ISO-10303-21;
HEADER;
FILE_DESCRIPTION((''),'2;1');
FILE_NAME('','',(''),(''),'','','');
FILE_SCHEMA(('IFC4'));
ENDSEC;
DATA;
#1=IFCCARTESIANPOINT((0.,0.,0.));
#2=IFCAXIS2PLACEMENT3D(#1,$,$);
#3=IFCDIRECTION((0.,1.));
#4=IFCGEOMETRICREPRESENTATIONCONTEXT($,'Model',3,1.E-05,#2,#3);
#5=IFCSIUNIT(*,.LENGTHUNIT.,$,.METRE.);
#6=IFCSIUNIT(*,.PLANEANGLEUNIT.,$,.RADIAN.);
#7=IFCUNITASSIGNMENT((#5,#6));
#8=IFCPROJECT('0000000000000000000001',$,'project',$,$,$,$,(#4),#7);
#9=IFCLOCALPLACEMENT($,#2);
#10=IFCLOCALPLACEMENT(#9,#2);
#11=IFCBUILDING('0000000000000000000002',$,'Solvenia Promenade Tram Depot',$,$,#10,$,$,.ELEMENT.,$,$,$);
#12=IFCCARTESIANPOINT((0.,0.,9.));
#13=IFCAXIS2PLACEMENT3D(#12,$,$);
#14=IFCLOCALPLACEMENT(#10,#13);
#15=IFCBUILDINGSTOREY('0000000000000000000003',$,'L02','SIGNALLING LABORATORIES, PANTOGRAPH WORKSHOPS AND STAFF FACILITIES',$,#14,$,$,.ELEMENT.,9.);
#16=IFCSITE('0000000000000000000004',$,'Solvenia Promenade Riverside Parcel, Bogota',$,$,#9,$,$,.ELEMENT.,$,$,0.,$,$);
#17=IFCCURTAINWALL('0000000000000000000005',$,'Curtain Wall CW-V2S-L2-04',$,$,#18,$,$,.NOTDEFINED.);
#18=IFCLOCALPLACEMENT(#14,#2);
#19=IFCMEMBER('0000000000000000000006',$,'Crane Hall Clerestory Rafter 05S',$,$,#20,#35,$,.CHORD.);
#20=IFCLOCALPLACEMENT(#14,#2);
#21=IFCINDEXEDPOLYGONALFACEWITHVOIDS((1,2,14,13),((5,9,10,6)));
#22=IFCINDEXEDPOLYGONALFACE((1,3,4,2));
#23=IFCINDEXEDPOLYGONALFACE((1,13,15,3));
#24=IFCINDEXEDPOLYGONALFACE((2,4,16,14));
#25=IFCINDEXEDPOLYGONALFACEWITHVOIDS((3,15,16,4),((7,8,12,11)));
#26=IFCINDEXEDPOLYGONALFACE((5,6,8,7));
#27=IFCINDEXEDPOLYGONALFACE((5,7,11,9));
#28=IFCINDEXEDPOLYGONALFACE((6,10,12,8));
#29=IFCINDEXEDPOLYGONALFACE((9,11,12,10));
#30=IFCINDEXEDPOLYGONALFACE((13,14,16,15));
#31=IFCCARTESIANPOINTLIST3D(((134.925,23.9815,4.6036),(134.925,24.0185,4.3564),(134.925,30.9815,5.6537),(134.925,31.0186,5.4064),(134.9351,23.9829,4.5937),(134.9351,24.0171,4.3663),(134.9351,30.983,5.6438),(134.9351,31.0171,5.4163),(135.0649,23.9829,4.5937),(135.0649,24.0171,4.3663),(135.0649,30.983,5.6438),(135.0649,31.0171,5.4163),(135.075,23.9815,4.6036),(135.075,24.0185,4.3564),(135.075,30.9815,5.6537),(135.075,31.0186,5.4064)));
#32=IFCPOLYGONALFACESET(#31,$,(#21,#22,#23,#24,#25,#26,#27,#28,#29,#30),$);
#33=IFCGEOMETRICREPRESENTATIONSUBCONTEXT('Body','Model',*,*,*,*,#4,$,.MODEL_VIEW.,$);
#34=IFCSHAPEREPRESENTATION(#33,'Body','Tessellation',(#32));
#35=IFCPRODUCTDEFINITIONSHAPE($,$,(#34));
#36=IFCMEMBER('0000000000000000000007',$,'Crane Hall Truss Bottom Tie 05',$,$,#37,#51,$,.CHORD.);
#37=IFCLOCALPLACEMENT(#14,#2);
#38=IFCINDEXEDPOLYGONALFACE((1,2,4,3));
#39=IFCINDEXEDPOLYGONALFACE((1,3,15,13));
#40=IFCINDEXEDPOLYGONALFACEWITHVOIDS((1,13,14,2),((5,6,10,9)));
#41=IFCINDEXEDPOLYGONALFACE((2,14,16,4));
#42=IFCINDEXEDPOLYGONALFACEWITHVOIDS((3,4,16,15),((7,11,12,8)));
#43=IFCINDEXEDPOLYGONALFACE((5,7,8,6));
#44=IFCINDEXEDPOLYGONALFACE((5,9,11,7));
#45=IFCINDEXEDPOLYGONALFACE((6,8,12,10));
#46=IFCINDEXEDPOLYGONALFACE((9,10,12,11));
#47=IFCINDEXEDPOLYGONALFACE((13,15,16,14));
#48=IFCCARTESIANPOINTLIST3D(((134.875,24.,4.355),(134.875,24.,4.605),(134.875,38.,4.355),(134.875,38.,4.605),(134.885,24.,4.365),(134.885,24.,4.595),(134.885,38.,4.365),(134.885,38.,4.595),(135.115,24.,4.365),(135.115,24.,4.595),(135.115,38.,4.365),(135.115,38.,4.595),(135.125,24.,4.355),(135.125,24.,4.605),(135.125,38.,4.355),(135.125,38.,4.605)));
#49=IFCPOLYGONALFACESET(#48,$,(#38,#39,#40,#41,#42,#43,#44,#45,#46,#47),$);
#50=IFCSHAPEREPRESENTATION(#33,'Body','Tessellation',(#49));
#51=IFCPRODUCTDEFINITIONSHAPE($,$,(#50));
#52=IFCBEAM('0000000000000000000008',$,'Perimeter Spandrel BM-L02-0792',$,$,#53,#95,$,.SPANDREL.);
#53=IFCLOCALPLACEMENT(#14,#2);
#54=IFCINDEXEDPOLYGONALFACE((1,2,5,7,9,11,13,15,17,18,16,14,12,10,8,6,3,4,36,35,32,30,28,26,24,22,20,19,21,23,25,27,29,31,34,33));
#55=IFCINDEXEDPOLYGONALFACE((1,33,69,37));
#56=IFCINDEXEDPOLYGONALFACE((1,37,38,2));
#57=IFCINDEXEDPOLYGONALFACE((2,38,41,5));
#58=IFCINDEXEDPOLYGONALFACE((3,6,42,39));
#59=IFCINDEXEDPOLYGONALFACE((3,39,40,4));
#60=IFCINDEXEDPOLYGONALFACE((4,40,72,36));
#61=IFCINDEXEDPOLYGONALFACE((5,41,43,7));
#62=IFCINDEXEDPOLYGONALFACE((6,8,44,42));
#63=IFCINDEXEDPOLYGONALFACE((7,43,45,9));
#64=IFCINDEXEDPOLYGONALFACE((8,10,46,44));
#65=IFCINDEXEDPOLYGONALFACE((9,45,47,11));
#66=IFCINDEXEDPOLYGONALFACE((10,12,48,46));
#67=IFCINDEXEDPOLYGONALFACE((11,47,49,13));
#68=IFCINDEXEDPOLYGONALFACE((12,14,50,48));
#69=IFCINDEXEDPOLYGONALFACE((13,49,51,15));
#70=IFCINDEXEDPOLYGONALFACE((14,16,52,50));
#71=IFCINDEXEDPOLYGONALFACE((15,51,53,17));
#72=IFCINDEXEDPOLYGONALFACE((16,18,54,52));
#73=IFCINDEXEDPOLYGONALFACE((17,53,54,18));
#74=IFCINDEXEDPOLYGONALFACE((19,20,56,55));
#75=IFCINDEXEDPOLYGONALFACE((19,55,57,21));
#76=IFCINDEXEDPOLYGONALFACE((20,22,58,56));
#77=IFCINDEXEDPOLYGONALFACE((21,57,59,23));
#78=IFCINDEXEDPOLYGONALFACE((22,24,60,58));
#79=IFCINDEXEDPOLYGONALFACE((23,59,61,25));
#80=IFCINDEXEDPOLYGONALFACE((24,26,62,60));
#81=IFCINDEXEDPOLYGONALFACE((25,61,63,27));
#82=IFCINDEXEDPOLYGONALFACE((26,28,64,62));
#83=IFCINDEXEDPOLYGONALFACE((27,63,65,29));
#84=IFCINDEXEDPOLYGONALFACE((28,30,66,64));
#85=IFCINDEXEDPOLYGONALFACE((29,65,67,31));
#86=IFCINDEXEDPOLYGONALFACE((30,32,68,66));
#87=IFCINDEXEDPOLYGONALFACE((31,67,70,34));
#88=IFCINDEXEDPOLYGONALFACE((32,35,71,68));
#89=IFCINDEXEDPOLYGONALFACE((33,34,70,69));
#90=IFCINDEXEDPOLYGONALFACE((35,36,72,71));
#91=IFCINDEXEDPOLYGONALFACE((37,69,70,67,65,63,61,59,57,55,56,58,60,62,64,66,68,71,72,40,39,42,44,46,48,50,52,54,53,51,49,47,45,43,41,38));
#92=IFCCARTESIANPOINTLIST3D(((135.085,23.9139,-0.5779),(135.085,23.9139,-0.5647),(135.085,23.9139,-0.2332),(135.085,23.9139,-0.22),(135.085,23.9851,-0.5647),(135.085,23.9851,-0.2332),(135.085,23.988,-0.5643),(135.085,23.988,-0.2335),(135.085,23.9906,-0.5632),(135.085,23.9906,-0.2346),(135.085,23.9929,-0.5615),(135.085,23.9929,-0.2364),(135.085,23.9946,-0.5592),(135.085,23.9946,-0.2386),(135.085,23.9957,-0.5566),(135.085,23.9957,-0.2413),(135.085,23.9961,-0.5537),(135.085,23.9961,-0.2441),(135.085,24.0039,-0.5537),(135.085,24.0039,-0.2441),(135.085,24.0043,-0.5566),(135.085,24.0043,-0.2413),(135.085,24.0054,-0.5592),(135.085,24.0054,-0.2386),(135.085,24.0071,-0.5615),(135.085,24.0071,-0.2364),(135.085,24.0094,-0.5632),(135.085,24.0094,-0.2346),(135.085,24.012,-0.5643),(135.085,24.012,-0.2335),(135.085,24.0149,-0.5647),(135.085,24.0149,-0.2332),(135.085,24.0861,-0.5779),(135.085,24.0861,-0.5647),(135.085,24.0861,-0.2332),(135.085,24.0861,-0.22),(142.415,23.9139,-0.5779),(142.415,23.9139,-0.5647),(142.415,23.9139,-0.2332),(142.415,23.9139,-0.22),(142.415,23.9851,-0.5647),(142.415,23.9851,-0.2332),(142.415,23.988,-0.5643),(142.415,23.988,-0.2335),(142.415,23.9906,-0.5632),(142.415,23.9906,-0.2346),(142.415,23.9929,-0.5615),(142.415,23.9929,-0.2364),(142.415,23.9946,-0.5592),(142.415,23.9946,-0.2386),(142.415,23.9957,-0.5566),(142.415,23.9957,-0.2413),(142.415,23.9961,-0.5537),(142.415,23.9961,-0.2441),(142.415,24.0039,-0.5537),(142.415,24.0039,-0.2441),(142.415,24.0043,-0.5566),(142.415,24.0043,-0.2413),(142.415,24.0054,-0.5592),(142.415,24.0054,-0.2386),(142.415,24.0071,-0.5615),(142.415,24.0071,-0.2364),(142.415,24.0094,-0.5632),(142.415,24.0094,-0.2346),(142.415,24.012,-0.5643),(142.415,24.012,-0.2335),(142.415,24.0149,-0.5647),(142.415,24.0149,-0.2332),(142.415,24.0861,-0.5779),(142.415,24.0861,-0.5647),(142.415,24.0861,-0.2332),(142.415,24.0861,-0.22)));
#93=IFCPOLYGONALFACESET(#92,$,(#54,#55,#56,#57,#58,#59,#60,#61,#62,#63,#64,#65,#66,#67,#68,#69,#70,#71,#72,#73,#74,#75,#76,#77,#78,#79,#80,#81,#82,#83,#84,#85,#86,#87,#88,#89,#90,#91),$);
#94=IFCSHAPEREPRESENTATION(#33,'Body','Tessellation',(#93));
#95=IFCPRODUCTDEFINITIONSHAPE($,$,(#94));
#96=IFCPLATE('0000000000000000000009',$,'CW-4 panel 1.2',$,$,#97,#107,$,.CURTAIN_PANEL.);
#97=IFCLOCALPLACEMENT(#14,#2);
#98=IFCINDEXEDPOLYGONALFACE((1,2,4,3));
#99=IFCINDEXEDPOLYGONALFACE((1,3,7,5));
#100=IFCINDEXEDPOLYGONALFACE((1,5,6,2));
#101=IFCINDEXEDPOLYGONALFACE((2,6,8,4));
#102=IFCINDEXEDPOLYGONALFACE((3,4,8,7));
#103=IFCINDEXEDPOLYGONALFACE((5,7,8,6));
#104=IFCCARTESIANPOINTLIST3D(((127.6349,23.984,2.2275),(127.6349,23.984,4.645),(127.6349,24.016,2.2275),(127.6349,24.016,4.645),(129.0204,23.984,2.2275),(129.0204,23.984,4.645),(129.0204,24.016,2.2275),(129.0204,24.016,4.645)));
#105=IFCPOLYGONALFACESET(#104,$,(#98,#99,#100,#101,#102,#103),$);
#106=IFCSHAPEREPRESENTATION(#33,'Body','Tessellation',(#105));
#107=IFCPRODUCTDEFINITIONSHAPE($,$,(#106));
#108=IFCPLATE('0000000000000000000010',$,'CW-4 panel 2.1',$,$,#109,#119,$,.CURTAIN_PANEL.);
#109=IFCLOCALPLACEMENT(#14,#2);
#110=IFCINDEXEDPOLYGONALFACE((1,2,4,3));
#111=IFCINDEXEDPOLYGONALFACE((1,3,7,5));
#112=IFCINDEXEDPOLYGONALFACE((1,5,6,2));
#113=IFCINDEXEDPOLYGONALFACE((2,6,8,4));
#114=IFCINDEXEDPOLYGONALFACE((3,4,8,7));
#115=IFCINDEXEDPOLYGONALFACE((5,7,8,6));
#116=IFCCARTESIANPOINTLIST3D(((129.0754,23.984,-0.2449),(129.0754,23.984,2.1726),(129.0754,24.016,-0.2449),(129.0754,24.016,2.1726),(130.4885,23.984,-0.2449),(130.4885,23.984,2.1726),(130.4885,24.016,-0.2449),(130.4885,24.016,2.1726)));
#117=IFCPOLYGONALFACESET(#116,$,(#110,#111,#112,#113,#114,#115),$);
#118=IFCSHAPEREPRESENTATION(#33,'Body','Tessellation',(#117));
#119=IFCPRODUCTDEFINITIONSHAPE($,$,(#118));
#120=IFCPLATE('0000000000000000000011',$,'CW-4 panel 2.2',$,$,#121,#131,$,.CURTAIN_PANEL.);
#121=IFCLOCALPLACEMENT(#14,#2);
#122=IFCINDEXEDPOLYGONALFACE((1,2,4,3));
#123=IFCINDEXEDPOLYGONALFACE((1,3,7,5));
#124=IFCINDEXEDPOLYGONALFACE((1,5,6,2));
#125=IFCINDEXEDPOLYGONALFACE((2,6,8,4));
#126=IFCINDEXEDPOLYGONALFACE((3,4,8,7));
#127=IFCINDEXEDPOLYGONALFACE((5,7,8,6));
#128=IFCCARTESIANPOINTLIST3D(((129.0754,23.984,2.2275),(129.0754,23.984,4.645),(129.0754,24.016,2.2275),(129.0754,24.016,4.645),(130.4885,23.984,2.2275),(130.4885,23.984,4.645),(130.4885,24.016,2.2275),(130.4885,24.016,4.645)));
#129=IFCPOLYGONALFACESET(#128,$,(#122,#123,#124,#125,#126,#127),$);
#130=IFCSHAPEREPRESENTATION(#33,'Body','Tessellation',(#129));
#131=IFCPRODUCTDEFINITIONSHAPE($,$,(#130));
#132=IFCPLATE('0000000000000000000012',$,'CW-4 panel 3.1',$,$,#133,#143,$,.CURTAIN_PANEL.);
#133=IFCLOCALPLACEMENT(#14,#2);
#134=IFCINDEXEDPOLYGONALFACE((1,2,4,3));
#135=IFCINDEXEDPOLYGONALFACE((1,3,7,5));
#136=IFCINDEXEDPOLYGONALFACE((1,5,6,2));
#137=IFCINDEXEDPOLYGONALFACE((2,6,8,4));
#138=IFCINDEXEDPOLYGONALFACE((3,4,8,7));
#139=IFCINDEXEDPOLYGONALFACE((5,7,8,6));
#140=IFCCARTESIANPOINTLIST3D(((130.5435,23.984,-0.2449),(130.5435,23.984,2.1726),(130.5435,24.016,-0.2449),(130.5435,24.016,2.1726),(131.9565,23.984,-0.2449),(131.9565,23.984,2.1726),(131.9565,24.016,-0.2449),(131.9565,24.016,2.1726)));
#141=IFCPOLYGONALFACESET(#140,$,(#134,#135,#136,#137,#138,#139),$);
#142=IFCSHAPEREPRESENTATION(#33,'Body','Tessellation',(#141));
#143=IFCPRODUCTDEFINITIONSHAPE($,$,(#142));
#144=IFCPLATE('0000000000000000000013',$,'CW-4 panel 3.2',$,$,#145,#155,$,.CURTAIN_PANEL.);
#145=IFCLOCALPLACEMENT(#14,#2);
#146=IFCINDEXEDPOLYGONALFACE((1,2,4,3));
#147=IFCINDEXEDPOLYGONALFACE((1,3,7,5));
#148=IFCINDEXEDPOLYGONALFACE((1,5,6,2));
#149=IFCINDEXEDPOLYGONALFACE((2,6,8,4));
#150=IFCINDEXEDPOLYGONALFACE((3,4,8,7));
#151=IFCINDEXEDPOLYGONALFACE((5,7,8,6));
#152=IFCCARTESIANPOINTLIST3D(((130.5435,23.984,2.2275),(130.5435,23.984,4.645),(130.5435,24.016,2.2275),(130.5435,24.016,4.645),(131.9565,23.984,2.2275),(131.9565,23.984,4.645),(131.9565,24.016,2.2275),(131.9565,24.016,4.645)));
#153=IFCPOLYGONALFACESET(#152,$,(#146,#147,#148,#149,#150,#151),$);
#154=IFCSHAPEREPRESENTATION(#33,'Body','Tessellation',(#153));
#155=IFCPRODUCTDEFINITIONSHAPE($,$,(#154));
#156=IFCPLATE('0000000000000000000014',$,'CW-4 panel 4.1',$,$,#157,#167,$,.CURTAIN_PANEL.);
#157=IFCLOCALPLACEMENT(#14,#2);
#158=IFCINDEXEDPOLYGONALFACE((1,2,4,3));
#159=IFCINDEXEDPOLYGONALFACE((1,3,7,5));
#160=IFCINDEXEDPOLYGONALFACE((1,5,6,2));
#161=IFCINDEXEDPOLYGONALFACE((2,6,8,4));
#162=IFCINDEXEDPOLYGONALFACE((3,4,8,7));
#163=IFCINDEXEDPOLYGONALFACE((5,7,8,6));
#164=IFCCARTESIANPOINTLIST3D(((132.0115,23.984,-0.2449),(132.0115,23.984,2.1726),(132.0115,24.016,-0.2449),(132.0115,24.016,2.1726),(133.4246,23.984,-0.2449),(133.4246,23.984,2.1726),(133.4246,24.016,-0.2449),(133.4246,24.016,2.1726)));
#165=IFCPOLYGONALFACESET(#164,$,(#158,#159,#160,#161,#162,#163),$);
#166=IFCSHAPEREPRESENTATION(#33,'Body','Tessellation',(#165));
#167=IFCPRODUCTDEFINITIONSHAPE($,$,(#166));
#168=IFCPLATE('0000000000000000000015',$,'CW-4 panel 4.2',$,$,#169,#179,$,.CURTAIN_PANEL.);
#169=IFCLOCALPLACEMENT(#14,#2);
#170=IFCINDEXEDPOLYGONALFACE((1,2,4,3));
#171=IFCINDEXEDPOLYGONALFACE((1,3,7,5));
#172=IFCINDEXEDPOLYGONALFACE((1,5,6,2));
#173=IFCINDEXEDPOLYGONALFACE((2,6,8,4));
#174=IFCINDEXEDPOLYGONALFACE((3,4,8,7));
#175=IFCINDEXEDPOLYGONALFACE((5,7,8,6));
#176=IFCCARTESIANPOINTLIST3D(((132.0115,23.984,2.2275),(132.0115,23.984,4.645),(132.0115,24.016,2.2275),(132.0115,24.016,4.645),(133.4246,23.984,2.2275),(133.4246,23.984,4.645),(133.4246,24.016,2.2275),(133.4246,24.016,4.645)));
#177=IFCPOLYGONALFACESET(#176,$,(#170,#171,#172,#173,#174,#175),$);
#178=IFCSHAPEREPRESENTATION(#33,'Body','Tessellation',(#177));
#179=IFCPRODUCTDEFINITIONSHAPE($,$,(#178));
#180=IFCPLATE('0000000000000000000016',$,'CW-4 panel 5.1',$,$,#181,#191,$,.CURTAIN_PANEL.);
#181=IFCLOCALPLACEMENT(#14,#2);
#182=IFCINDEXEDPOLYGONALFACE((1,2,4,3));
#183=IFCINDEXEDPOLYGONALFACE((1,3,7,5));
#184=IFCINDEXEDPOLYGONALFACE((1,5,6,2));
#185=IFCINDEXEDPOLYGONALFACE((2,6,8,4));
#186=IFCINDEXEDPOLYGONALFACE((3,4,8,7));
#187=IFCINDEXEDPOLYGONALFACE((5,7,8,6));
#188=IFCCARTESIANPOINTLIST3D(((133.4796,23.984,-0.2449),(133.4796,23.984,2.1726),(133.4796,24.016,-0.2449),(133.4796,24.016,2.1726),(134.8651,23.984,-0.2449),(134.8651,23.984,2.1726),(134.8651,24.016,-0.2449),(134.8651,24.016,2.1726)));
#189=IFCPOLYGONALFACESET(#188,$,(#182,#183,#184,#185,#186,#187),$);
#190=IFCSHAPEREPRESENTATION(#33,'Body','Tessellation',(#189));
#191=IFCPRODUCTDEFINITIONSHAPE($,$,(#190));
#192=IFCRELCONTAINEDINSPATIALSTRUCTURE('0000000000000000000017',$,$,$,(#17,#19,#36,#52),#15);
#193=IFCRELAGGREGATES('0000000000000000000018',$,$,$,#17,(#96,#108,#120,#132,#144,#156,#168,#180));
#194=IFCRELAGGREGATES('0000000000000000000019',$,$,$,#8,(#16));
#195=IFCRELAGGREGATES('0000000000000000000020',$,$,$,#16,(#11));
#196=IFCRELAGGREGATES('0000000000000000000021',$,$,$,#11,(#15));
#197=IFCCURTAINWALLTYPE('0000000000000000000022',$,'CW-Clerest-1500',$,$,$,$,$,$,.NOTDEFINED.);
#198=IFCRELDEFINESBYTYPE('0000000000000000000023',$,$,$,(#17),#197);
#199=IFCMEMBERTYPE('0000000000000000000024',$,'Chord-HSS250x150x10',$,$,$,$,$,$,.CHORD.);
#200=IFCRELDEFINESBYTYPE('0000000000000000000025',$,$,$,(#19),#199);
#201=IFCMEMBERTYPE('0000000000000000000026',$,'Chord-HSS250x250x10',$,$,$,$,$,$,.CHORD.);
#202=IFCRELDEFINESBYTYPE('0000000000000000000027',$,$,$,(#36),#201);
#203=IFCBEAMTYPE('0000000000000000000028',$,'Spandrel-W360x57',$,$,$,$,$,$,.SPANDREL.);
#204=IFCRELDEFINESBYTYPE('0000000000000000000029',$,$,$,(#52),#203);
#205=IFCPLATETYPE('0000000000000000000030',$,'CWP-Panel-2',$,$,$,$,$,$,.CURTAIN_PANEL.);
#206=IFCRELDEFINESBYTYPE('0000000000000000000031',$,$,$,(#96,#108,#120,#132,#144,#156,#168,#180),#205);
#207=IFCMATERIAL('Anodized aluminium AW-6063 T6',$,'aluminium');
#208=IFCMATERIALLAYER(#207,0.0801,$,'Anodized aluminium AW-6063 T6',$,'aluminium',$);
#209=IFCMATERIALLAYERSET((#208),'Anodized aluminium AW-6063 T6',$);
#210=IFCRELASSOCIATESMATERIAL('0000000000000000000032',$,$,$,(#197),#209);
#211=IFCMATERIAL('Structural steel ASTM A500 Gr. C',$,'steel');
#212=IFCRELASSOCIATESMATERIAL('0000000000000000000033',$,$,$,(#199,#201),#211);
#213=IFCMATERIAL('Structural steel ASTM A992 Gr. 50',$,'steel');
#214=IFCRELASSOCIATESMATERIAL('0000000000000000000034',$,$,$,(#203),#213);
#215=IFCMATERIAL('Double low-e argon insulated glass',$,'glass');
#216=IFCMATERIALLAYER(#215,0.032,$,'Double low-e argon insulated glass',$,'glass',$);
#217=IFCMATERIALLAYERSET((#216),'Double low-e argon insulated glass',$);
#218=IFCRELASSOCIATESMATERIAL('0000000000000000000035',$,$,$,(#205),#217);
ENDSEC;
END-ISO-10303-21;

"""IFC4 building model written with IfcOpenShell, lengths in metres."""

from ifc_helpers import new_model, si_unit, direction, frame, origin, origin_2d, place, context, subcontext, project, spatial, rectangle, hollow_rectangle, i_section, extrude, material, layer, layer_set, material_profile, profile_set, type_object, element, aggregate, save


model = new_model("IFC4")

# Units and contexts
model_context = context("Model", 3, precision=1e-05, world=origin(), true_north=direction((0.0, 1.0)))
body_context = subcontext(model_context, "Body", "Model", "MODEL_VIEW")
ifc_project = project(units=[si_unit("LENGTHUNIT", "METRE"), si_unit("PLANEANGLEUNIT", "RADIAN")], contexts=[model_context])

# Site, building, storey
site_placement = place(None, origin())
site = spatial("IfcSite", under=ifc_project, at=site_placement, Name="Solvenia Promenade Riverside Parcel, Bogota", CompositionType="ELEMENT", RefElevation=0.0)
building_placement = place(site_placement, origin())
building = spatial("IfcBuilding", under=site, at=building_placement, Name="Solvenia Promenade Tram Depot", CompositionType="ELEMENT")
storey_placement = place(building_placement, frame((0.0, 0.0, 9.0)))
storey = spatial("IfcBuildingStorey", under=building, at=storey_placement, Name="L02", Description="SIGNALLING LABORATORIES, PANTOGRAPH WORKSHOPS AND STAFF FACILITIES", CompositionType="ELEMENT", Elevation=9.0)

# Shared definitions
ifc_material_1 = material(Name="Structural steel ASTM A992 Gr. 50", Category="steel")

# Curtain wall
ifc_material_2 = material(Name="Anodized aluminium AW-6063 T6", Category="aluminium")
ifc_layer_1 = layer(ifc_material_2, 0.0801, Name="Anodized aluminium AW-6063 T6", Category="aluminium")
ifc_layer_set_1 = layer_set([ifc_layer_1], Name="Anodized aluminium AW-6063 T6")
curtain_wall_type = type_object("IfcCurtainWallType", Name="CW-Clerest-1500", PredefinedType="NOTDEFINED", material=ifc_layer_set_1)
curtain_wall_1_placement = place(storey_placement, origin())
curtain_wall_1 = element("IfcCurtainWall", 1, at=curtain_wall_1_placement, inside=storey, type_object=curtain_wall_type, Name="Curtain Wall CW-V2S-L2-04", PredefinedType="NOTDEFINED")

# Members
ifc_material_3 = material(Name="Structural steel ASTM A500 Gr. C", Category="steel")
ifc_material_profile_1 = material_profile(ifc_material_3, hollow_rectangle(XDim=0.1499, YDim=0.25, WallThickness=0.01, at=origin_2d()), Name="HSS250x150x10", Category="steel")
ifc_profile_set_1 = profile_set([ifc_material_profile_1], Name="Structural steel ASTM A500 Gr. C")
member_type_1 = type_object("IfcMemberType", Name="Chord-HSS250x150x10", PredefinedType="CHORD", material=ifc_profile_set_1)
member_1_placement = place(storey_placement, frame((135.0, 24.0, 4.48), z_axis=(0.0, 0.988935, 0.148347), x_axis=(-1.0, 0.0, 0.0)))
element("IfcMember", 2, at=member_1_placement, inside=storey, type_object=member_type_1, Name="Crane Hall Clerestory Rafter 05S", PredefinedType="CHORD", context=body_context, shape_type="SweptSolid", body=[
    extrude(hollow_rectangle(XDim=0.1499, YDim=0.25, WallThickness=0.01, at=origin_2d()), origin(), (0.0, 0.0, 1.0), 7.0784),
])
ifc_material_profile_2 = material_profile(ifc_material_3, hollow_rectangle(XDim=0.25, YDim=0.25, WallThickness=0.01, at=origin_2d()), Name="HSS250x250x10", Category="steel")
ifc_profile_set_2 = profile_set([ifc_material_profile_2], Name="Structural steel ASTM A500 Gr. C")
member_type_2 = type_object("IfcMemberType", Name="Chord-HSS250x250x10", PredefinedType="CHORD", material=ifc_profile_set_2)
member_2_placement = place(storey_placement, frame((135.0, 24.0, 4.48), z_axis=(0.0, 1.0, 0.0), x_axis=(-1.0, 0.0, 0.0)))
element("IfcMember", 3, at=member_2_placement, inside=storey, type_object=member_type_2, Name="Crane Hall Truss Bottom Tie 05", PredefinedType="CHORD", context=body_context, shape_type="SweptSolid", body=[
    extrude(hollow_rectangle(XDim=0.25, YDim=0.25, WallThickness=0.01, at=origin_2d()), origin(), (0.0, 0.0, 1.0), 14.0),
])

# Beam
ifc_material_profile_3 = material_profile(ifc_material_1, i_section(OverallWidth=0.1721, OverallDepth=0.3579, WebThickness=0.0078, FlangeThickness=0.0132, FilletRadius=0.011, at=origin_2d()), Name="W360x57", Category="steel")
ifc_profile_set_3 = profile_set([ifc_material_profile_3], Name="Structural steel ASTM A992 Gr. 50")
beam_type = type_object("IfcBeamType", Name="Spandrel-W360x57", PredefinedType="SPANDREL", material=ifc_profile_set_3)
beam_placement = place(storey_placement, frame((135.085, 24.0, -0.3989), z_axis=(1.0, 0.0, 0.0), x_axis=(0.0, 1.0, 0.0)))
element("IfcBeam", 4, at=beam_placement, inside=storey, type_object=beam_type, Name="Perimeter Spandrel BM-L02-0792", PredefinedType="SPANDREL", context=body_context, shape_type="SweptSolid", body=[
    extrude(i_section(OverallWidth=0.1721, OverallDepth=0.3579, WebThickness=0.0078, FlangeThickness=0.0132, FilletRadius=0.011, at=origin_2d()), origin(), (0.0, 0.0, 1.0), 7.3301),
])

# Plates
ifc_material_4 = material(Name="Double low-e argon insulated glass", Category="glass")
ifc_layer_2 = layer(ifc_material_4, 0.032, Name="Double low-e argon insulated glass", Category="glass")
ifc_layer_set_2 = layer_set([ifc_layer_2], Name="Double low-e argon insulated glass")
plate_type = type_object("IfcPlateType", Name="CWP-Panel-2", PredefinedType="CURTAIN_PANEL", material=ifc_layer_set_2)
plate_1_placement = place(storey_placement, frame((128.3276, 24.0, 2.2275), z_axis=(0.0, 0.0, 1.0), x_axis=(1.0, 0.0, 0.0)))
plate_1 = element("IfcPlate", 5, at=plate_1_placement, type_object=plate_type, Name="CW-4 panel 1.2", PredefinedType="CURTAIN_PANEL", context=body_context, shape_type="SweptSolid", body=[
    extrude(rectangle(XDim=1.3855, YDim=0.032, at=origin_2d()), origin(), (0.0, 0.0, 1.0), 2.4175),
])
plate_2_placement = place(storey_placement, frame((129.782, 24.0, -0.2449), z_axis=(0.0, 0.0, 1.0), x_axis=(1.0, 0.0, 0.0)))
plate_2 = element("IfcPlate", 6, at=plate_2_placement, type_object=plate_type, Name="CW-4 panel 2.1", PredefinedType="CURTAIN_PANEL", context=body_context, shape_type="SweptSolid", body=[
    extrude(rectangle(XDim=1.4131, YDim=0.032, at=origin_2d()), origin(), (0.0, 0.0, 1.0), 2.4175),
])
plate_3_placement = place(storey_placement, frame((129.782, 24.0, 2.2275), z_axis=(0.0, 0.0, 1.0), x_axis=(1.0, 0.0, 0.0)))
plate_3 = element("IfcPlate", 7, at=plate_3_placement, type_object=plate_type, Name="CW-4 panel 2.2", PredefinedType="CURTAIN_PANEL", context=body_context, shape_type="SweptSolid", body=[
    extrude(rectangle(XDim=1.4131, YDim=0.032, at=origin_2d()), origin(), (0.0, 0.0, 1.0), 2.4175),
])
plate_4_placement = place(storey_placement, frame((131.25, 24.0, -0.2449), z_axis=(0.0, 0.0, 1.0), x_axis=(1.0, 0.0, 0.0)))
plate_4 = element("IfcPlate", 8, at=plate_4_placement, type_object=plate_type, Name="CW-4 panel 3.1", PredefinedType="CURTAIN_PANEL", context=body_context, shape_type="SweptSolid", body=[
    extrude(rectangle(XDim=1.4131, YDim=0.032, at=origin_2d()), origin(), (0.0, 0.0, 1.0), 2.4175),
])
plate_5_placement = place(storey_placement, frame((131.25, 24.0, 2.2275), z_axis=(0.0, 0.0, 1.0), x_axis=(1.0, 0.0, 0.0)))
plate_5 = element("IfcPlate", 9, at=plate_5_placement, type_object=plate_type, Name="CW-4 panel 3.2", PredefinedType="CURTAIN_PANEL", context=body_context, shape_type="SweptSolid", body=[
    extrude(rectangle(XDim=1.4131, YDim=0.032, at=origin_2d()), origin(), (0.0, 0.0, 1.0), 2.4175),
])
plate_6_placement = place(storey_placement, frame((132.718, 24.0, -0.2449), z_axis=(0.0, 0.0, 1.0), x_axis=(1.0, 0.0, 0.0)))
plate_6 = element("IfcPlate", 10, at=plate_6_placement, type_object=plate_type, Name="CW-4 panel 4.1", PredefinedType="CURTAIN_PANEL", context=body_context, shape_type="SweptSolid", body=[
    extrude(rectangle(XDim=1.4131, YDim=0.032, at=origin_2d()), origin(), (0.0, 0.0, 1.0), 2.4175),
])
plate_7_placement = place(storey_placement, frame((132.718, 24.0, 2.2275), z_axis=(0.0, 0.0, 1.0), x_axis=(1.0, 0.0, 0.0)))
plate_7 = element("IfcPlate", 11, at=plate_7_placement, type_object=plate_type, Name="CW-4 panel 4.2", PredefinedType="CURTAIN_PANEL", context=body_context, shape_type="SweptSolid", body=[
    extrude(rectangle(XDim=1.4131, YDim=0.032, at=origin_2d()), origin(), (0.0, 0.0, 1.0), 2.4175),
])
plate_8_placement = place(storey_placement, frame((134.1724, 24.0, -0.2449), z_axis=(0.0, 0.0, 1.0), x_axis=(1.0, 0.0, 0.0)))
plate_8 = element("IfcPlate", 12, at=plate_8_placement, type_object=plate_type, Name="CW-4 panel 5.1", PredefinedType="CURTAIN_PANEL", context=body_context, shape_type="SweptSolid", body=[
    extrude(rectangle(XDim=1.3855, YDim=0.032, at=origin_2d()), origin(), (0.0, 0.0, 1.0), 2.4175),
])
aggregate(curtain_wall_1, [plate_1, plate_2, plate_3, plate_4, plate_5, plate_6, plate_7, plate_8])

save(model, "model.ifc")
